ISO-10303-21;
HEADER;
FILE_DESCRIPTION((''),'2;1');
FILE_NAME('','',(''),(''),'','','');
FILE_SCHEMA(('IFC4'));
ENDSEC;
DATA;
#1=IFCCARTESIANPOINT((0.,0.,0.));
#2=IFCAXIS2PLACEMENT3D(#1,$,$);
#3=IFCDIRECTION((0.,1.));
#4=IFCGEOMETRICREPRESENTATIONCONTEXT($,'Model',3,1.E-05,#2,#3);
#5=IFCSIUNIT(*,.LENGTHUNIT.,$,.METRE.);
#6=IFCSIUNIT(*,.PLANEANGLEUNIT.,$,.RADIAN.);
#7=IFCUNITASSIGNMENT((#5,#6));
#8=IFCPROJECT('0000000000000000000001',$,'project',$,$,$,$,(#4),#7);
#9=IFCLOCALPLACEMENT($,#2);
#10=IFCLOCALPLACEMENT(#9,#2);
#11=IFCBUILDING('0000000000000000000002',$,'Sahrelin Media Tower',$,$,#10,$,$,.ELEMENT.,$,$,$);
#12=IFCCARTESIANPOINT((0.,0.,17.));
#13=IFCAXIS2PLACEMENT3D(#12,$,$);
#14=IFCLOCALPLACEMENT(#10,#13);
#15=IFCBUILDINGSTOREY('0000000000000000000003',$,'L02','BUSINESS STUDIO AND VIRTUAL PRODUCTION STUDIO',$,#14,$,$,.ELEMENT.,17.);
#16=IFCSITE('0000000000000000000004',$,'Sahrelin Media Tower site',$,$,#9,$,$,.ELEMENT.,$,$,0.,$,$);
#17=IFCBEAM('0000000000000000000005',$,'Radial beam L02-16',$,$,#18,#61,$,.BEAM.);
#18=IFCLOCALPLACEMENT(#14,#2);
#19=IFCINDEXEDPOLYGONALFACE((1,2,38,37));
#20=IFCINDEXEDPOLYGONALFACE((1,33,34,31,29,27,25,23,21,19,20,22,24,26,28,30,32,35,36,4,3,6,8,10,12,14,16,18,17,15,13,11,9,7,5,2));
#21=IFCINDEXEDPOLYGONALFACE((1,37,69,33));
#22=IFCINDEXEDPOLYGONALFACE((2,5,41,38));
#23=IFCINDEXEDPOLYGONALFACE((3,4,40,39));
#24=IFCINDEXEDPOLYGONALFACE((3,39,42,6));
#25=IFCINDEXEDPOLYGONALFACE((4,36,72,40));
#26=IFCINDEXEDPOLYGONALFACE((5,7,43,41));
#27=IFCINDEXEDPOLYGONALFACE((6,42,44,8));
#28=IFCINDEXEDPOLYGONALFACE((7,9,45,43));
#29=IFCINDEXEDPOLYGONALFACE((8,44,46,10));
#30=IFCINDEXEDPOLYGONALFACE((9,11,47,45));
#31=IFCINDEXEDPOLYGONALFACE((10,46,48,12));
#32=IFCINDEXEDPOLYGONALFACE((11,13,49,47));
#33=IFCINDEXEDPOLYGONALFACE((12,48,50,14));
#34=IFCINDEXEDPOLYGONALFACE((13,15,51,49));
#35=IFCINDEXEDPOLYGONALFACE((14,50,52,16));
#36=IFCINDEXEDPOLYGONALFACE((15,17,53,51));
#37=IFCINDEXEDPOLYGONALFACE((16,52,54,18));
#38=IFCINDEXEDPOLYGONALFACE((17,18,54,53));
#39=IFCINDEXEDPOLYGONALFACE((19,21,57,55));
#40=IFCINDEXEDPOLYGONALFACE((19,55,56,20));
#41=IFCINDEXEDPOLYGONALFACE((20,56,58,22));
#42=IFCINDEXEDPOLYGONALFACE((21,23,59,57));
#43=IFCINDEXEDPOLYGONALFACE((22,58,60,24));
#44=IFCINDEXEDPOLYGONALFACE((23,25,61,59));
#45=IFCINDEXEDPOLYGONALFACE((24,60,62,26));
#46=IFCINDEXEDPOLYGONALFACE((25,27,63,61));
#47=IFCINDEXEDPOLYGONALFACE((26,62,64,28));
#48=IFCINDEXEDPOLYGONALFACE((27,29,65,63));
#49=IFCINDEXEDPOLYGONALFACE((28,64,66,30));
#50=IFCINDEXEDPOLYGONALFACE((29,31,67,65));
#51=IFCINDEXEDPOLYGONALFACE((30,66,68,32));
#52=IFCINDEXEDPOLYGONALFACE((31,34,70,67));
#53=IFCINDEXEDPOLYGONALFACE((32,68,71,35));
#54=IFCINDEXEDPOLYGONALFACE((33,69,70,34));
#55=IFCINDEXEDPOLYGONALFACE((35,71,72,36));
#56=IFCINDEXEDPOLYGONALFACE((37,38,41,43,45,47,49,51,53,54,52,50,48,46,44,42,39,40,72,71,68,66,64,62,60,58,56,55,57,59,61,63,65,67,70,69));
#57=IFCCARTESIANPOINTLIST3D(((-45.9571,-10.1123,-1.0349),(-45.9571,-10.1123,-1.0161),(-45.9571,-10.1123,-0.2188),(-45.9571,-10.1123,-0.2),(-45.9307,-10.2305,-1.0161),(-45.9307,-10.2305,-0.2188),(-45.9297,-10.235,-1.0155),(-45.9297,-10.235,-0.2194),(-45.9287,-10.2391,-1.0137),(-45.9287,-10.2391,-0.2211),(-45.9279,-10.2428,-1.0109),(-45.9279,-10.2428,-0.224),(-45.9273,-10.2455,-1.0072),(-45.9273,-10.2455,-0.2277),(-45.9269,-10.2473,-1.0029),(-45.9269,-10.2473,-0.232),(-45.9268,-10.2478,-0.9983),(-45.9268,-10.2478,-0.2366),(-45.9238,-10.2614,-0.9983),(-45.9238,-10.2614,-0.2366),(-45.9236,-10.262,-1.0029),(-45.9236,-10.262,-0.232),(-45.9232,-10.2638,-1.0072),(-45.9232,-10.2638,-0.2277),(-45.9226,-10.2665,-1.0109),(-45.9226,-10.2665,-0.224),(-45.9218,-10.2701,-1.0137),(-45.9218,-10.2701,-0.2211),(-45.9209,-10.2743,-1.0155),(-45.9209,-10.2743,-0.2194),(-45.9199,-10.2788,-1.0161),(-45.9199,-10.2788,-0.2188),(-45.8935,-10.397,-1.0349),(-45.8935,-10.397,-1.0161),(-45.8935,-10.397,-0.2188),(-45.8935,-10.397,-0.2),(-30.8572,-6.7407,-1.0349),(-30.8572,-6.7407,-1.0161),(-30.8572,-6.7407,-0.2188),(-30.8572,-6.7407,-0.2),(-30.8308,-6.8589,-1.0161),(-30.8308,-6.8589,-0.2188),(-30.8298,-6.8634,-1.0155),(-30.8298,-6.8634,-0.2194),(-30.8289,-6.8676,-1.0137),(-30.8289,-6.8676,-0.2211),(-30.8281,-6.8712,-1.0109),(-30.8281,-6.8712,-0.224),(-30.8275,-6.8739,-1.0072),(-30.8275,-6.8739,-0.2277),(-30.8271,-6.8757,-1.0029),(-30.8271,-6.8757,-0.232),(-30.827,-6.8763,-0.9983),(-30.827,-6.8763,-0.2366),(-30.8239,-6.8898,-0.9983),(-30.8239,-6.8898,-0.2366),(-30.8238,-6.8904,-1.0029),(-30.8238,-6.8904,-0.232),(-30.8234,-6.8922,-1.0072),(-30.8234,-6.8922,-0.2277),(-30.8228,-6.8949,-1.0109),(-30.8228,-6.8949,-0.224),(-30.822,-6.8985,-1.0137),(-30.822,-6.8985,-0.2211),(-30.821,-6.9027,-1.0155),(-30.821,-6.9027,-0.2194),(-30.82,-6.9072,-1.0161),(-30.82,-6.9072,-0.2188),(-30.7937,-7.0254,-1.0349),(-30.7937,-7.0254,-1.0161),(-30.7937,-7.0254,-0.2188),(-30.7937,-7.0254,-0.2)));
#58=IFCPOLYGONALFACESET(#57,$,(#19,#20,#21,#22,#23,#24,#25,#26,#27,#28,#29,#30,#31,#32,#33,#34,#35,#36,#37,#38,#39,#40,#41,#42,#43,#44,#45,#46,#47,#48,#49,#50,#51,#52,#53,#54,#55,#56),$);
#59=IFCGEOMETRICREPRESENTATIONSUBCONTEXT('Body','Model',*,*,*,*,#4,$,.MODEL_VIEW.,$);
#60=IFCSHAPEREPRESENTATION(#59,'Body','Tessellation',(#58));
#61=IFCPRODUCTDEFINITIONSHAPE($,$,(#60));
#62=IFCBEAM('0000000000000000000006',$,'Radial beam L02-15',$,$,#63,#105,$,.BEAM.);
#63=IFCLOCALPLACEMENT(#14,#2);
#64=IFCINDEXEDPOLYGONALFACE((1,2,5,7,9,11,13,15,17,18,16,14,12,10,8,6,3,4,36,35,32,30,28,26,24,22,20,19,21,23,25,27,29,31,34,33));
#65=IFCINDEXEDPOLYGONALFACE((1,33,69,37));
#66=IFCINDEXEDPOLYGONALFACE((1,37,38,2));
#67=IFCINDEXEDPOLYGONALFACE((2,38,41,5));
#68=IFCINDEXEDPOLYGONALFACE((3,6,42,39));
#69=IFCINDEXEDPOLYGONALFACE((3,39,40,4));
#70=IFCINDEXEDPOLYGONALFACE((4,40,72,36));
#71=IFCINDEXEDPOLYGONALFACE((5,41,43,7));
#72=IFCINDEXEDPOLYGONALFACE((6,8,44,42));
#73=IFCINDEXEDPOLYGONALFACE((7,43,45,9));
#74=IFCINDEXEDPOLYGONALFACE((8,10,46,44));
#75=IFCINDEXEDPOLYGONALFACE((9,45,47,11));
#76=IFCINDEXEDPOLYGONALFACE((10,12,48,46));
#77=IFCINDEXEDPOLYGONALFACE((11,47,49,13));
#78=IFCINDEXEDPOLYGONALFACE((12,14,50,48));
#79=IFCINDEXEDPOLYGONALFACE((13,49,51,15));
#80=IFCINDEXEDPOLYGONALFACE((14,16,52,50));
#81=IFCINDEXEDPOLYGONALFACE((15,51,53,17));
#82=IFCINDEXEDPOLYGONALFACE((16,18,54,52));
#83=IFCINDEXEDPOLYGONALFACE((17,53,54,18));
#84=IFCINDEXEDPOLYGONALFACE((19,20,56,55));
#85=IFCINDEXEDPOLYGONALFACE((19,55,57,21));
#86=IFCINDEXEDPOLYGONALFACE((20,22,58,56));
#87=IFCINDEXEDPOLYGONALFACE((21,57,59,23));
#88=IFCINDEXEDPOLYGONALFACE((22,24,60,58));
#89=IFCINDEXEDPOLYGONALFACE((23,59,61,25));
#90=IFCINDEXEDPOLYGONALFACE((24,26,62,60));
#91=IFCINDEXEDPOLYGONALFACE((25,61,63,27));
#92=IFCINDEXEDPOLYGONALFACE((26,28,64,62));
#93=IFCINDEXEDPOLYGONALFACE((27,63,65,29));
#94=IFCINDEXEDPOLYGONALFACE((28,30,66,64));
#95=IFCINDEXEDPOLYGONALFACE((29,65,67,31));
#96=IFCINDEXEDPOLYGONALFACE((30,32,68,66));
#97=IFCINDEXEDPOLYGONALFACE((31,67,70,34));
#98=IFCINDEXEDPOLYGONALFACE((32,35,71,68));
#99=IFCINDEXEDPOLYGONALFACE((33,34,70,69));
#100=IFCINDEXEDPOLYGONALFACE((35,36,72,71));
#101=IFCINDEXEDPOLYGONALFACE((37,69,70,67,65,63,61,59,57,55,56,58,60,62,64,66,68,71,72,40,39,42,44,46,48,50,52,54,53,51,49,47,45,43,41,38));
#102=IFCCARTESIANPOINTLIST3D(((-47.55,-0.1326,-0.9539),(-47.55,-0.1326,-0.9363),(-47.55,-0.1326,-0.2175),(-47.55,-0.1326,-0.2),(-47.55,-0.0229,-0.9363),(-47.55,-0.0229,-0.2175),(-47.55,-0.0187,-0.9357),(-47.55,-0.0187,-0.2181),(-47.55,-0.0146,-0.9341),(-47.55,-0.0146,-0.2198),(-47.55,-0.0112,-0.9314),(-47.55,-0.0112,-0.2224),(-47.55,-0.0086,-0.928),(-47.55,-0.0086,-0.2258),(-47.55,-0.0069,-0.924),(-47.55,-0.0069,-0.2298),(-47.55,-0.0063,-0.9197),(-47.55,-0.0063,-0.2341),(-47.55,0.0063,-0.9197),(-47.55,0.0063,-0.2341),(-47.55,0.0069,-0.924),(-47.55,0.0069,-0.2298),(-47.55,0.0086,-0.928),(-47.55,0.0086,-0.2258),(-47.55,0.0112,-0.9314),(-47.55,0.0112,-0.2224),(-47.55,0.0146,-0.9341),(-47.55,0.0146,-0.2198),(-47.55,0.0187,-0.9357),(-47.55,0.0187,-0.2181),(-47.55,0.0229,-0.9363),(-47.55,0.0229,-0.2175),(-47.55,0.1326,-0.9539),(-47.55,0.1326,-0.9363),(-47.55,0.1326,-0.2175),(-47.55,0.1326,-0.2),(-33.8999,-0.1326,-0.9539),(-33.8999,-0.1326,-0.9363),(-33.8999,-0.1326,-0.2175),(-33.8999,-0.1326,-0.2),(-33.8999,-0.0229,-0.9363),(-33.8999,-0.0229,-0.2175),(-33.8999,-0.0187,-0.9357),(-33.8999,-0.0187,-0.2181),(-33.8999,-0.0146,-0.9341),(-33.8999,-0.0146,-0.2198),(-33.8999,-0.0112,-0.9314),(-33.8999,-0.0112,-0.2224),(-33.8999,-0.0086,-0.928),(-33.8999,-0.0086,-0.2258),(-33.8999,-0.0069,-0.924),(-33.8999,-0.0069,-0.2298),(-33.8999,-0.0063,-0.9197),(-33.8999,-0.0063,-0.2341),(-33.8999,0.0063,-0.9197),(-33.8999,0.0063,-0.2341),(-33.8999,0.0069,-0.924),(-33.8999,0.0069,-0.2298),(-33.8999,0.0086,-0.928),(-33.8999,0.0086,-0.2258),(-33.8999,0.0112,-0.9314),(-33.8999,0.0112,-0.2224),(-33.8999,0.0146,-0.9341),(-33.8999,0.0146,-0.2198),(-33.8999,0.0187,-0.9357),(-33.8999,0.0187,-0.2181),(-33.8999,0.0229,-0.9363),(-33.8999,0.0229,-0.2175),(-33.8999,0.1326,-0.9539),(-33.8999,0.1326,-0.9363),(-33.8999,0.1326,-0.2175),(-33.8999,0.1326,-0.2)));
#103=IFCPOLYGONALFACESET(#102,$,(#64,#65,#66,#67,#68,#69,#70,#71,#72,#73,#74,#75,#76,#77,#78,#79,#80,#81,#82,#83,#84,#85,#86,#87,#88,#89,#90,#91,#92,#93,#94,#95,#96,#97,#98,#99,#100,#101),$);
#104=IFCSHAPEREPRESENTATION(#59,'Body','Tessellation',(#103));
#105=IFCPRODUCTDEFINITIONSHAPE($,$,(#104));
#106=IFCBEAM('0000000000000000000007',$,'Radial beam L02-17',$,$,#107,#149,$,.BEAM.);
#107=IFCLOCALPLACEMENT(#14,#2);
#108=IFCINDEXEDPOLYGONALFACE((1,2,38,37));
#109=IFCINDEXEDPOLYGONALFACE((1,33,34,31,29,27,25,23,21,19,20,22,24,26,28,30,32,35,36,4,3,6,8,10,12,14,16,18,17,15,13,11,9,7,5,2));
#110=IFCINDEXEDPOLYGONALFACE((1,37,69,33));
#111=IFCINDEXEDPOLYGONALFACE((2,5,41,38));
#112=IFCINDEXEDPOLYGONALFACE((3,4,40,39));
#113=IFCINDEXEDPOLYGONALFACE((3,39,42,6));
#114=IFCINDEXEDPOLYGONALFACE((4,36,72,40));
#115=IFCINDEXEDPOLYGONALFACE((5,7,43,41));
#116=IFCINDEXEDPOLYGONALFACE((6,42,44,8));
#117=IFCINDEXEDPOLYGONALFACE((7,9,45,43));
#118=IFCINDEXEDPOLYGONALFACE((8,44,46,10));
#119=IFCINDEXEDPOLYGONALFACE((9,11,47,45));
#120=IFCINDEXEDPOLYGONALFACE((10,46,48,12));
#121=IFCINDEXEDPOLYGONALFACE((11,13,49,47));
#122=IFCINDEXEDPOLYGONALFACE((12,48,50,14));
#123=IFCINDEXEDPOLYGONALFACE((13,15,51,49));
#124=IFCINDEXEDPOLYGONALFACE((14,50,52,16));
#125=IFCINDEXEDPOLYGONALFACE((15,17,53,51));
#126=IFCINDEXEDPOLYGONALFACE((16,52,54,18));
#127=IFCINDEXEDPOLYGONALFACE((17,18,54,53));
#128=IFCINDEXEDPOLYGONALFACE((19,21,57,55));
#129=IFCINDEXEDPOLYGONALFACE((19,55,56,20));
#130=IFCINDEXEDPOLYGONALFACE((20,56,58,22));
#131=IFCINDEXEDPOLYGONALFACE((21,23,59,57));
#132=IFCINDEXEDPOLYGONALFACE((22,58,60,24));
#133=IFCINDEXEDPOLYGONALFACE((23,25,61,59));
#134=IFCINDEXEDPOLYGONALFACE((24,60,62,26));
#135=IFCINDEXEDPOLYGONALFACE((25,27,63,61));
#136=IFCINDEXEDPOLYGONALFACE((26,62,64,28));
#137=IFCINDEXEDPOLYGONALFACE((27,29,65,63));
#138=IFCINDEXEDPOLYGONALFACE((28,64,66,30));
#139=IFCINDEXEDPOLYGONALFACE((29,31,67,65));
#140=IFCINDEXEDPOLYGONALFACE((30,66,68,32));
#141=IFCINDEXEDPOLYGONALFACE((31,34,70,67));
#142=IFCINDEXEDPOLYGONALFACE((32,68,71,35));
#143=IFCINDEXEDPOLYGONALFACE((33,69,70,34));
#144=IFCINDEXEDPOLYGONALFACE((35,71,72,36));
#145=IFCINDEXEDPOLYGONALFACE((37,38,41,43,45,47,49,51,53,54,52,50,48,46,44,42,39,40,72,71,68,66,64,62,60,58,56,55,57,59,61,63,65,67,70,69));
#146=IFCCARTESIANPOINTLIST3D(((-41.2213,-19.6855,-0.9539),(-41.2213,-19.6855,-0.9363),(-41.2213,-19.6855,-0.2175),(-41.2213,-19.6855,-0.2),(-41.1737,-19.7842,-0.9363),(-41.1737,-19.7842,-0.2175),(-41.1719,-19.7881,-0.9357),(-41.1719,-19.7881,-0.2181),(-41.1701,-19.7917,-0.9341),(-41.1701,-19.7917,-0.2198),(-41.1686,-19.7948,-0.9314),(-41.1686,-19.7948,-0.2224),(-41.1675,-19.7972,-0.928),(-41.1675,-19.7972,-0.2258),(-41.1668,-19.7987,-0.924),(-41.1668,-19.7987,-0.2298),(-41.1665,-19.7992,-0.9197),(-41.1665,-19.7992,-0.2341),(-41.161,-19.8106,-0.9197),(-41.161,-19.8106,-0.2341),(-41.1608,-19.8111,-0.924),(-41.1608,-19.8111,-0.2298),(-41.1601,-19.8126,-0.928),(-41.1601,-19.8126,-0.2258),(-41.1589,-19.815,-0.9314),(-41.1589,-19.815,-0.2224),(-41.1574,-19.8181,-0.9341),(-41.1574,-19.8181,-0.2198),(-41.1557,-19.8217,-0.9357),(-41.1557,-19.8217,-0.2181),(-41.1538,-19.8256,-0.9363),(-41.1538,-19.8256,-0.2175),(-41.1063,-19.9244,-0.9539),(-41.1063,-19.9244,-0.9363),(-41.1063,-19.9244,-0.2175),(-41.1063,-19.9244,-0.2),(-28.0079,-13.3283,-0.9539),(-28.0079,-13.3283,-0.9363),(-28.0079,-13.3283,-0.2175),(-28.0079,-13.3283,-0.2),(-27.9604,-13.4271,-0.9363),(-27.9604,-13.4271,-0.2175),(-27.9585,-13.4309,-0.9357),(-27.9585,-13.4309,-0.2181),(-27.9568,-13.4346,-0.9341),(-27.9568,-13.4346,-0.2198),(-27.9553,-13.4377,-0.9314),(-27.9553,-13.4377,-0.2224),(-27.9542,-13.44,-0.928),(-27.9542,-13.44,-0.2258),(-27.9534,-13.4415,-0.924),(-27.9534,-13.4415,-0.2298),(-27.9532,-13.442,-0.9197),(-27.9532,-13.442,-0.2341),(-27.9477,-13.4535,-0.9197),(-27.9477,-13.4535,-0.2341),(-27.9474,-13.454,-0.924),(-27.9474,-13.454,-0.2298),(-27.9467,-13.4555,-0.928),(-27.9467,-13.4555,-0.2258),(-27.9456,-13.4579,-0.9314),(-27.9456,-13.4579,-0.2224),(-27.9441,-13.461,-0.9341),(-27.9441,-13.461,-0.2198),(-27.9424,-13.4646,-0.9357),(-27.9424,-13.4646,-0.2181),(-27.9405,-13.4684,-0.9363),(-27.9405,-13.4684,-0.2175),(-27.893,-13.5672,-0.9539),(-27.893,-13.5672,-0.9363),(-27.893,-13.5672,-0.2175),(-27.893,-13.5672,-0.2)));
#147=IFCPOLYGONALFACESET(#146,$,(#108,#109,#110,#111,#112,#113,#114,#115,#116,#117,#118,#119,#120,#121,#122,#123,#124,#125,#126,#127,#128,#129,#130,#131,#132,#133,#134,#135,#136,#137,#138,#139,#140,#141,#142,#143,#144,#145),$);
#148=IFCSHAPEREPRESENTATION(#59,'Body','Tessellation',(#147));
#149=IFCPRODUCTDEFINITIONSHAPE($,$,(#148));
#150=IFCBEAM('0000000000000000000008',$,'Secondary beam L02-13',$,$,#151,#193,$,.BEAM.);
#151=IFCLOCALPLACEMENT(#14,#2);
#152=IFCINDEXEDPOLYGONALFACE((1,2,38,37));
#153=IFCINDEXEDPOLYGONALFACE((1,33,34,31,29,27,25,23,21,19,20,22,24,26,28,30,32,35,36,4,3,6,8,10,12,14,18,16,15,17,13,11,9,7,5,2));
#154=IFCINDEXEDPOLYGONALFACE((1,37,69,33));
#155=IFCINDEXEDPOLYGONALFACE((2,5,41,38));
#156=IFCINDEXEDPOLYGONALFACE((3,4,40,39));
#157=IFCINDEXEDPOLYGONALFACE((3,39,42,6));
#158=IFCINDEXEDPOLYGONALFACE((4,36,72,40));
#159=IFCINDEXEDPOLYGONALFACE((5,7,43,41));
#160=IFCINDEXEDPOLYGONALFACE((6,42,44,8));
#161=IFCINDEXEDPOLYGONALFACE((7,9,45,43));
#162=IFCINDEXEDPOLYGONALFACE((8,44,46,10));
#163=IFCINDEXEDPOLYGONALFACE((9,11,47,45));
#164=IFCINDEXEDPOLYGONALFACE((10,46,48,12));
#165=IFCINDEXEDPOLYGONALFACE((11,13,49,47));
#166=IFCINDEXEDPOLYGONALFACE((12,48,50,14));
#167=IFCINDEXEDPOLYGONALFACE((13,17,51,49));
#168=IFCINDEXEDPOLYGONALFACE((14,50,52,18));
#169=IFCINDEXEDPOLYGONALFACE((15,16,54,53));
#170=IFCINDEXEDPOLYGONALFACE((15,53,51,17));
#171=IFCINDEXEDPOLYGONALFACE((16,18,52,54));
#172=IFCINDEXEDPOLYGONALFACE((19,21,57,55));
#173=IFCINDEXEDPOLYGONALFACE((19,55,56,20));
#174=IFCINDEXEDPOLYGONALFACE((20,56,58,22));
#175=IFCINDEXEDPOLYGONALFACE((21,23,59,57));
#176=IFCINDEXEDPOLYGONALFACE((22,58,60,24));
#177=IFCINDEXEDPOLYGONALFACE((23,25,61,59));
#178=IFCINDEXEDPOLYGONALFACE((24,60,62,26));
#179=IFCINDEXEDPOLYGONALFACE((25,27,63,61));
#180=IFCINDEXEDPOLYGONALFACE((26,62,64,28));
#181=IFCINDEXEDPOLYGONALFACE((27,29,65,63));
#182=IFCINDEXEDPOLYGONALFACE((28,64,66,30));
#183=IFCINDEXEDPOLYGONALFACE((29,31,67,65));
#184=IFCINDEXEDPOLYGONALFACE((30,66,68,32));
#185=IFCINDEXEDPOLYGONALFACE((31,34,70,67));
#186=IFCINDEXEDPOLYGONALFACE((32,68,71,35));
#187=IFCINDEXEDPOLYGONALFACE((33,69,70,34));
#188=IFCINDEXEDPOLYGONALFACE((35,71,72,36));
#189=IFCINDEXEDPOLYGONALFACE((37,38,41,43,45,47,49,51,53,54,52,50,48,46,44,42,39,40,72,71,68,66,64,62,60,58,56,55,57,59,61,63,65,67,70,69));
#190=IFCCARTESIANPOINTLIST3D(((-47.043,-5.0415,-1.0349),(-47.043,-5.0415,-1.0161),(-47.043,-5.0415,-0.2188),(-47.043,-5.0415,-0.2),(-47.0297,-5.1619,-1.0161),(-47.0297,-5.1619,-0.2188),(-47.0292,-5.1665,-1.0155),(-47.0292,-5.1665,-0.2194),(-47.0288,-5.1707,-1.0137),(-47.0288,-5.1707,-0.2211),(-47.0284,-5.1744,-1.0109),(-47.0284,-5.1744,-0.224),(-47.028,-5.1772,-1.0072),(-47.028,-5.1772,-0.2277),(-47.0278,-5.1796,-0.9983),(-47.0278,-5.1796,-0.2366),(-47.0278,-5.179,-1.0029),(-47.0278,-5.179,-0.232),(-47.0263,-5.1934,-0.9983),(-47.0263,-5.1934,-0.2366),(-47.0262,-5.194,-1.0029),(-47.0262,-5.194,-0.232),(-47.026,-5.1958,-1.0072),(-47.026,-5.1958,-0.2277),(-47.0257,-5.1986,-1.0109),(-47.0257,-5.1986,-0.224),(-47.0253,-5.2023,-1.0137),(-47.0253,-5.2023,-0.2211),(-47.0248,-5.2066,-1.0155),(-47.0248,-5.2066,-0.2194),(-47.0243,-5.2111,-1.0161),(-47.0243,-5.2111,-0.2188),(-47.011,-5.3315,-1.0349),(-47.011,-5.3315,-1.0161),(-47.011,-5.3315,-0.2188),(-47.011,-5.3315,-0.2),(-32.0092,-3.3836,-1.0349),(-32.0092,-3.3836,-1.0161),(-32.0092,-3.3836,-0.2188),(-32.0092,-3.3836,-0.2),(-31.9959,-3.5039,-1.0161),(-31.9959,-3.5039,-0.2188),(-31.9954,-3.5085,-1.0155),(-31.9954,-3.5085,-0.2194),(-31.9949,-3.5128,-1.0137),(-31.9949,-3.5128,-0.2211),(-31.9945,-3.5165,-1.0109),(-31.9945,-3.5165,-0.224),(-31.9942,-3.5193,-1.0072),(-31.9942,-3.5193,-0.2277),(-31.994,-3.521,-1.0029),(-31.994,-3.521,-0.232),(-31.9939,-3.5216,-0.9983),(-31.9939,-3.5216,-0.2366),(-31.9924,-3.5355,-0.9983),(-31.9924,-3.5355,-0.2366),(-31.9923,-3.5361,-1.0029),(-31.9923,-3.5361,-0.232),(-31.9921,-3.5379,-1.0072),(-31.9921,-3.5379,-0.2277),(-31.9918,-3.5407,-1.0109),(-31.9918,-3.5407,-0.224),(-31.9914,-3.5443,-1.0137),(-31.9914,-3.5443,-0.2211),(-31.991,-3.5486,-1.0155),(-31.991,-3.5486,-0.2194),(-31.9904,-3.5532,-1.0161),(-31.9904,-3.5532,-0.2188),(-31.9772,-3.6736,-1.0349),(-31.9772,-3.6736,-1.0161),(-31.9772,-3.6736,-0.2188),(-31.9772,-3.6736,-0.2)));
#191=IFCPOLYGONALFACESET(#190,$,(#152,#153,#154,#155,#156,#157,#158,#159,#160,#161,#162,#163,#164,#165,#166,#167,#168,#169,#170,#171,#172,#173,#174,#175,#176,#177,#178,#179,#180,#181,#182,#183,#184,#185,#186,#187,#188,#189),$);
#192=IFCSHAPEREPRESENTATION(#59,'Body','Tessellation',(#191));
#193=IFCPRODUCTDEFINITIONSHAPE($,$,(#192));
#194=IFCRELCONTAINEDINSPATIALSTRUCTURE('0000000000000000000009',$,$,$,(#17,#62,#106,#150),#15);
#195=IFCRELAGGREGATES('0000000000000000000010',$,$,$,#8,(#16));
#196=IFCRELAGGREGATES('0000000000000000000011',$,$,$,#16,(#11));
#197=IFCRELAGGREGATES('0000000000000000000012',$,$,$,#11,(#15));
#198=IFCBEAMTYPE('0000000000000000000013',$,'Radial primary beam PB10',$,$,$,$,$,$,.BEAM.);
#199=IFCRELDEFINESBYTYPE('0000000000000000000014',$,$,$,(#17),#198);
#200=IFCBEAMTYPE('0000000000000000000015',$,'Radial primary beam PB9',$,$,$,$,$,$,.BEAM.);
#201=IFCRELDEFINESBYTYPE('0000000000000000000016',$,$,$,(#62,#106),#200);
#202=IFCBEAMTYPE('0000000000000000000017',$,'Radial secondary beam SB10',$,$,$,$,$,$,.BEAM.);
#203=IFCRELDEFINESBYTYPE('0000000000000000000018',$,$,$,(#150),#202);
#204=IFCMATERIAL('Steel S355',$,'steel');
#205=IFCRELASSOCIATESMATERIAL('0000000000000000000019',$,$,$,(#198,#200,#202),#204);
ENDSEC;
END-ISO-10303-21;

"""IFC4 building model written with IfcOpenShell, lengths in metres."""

from ifc_helpers import new_model, si_unit, direction, frame, origin, origin_2d, place, context, subcontext, project, spatial, i_section, extrude, material, material_profile, profile_set, type_object, element, save


model = new_model("IFC4")

# Units and contexts
model_context = context("Model", 3, precision=1e-05, world=origin(), true_north=direction((0.0, 1.0)))
body_context = subcontext(model_context, "Body", "Model", "MODEL_VIEW")
ifc_project = project(units=[si_unit("LENGTHUNIT", "METRE"), si_unit("PLANEANGLEUNIT", "RADIAN")], contexts=[model_context])

# Site, building, storey
site_placement = place(None, origin())
site = spatial("IfcSite", under=ifc_project, at=site_placement, Name="Sahrelin Media Tower site", CompositionType="ELEMENT", RefElevation=0.0)
building_placement = place(site_placement, origin())
building = spatial("IfcBuilding", under=site, at=building_placement, Name="Sahrelin Media Tower", CompositionType="ELEMENT")
storey_placement = place(building_placement, frame((0.0, 0.0, 17.0)))
storey = spatial("IfcBuildingStorey", under=building, at=storey_placement, Name="L02", Description="BUSINESS STUDIO AND VIRTUAL PRODUCTION STUDIO", CompositionType="ELEMENT", Elevation=17.0)

# Beams
ifc_material_1 = material(Name="Steel S355", Category="steel")
ifc_material_profile_1 = material_profile(ifc_material_1, i_section(OverallWidth=0.2917, OverallDepth=0.835, WebThickness=0.0139, FlangeThickness=0.0188, FilletRadius=0.0178, at=origin_2d()), Name="UB 838x292x176")
ifc_profile_set_1 = profile_set([ifc_material_profile_1], Name="Steel S355")
beam_type_1 = type_object("IfcBeamType", Name="Radial primary beam PB10", PredefinedType="BEAM", material=ifc_profile_set_1)
beam_1_placement = place(storey_placement, frame((-30.8254, -6.8831, -0.6174), z_axis=(-0.975967, -0.217919, 0.0), x_axis=(0.217919, -0.975967, 0.0)))
element("IfcBeam", 1, at=beam_1_placement, inside=storey, type_object=beam_type_1, Name="Radial beam L02-16", PredefinedType="BEAM", context=body_context, shape_type="SweptSolid", body=[
    extrude(i_section(OverallWidth=0.2917, OverallDepth=0.835, WebThickness=0.0139, FlangeThickness=0.0188, FilletRadius=0.0178, at=origin_2d()), origin(), (0.0, 0.0, 1.0), 15.4717),
])
ifc_material_profile_2 = material_profile(ifc_material_1, i_section(OverallWidth=0.2651, OverallDepth=0.7539, WebThickness=0.0127, FlangeThickness=0.0176, FilletRadius=0.0166, at=origin_2d()), Name="UB 762x267x147")
ifc_profile_set_2 = profile_set([ifc_material_profile_2], Name="Steel S355")
beam_type_2 = type_object("IfcBeamType", Name="Radial primary beam PB9", PredefinedType="BEAM", material=ifc_profile_set_2)
beam_2_placement = place(storey_placement, frame((-33.8999, 0.0, -0.5769), z_axis=(-1.0, 0.0, 0.0), x_axis=(0.0, -1.0, 0.0)))
element("IfcBeam", 2, at=beam_2_placement, inside=storey, type_object=beam_type_2, Name="Radial beam L02-15", PredefinedType="BEAM", context=body_context, shape_type="SweptSolid", body=[
    extrude(i_section(OverallWidth=0.2651, OverallDepth=0.7539, WebThickness=0.0127, FlangeThickness=0.0176, FilletRadius=0.0166, at=origin_2d()), origin(), (0.0, 0.0, 1.0), 13.6501),
])
beam_3_placement = place(storey_placement, frame((-27.9504, -13.4478, -0.5769), z_axis=(-0.90113, -0.433549, 0.0), x_axis=(0.433549, -0.90113, 0.0)))
element("IfcBeam", 3, at=beam_3_placement, inside=storey, type_object=beam_type_2, Name="Radial beam L02-17", PredefinedType="BEAM", context=body_context, shape_type="SweptSolid", body=[
    extrude(i_section(OverallWidth=0.2651, OverallDepth=0.7539, WebThickness=0.0127, FlangeThickness=0.0176, FilletRadius=0.0166, at=origin_2d()), origin(), (0.0, 0.0, 1.0), 14.6631),
])
ifc_material_profile_3 = material_profile(ifc_material_1, i_section(OverallWidth=0.2917, OverallDepth=0.835, WebThickness=0.0139, FlangeThickness=0.0188, FilletRadius=0.0178, at=origin_2d()), Name="UB 838x292x176")
ifc_profile_set_3 = profile_set([ifc_material_profile_3], Name="Steel S355")
beam_type_3 = type_object("IfcBeamType", Name="Radial secondary beam SB10", PredefinedType="BEAM", material=ifc_profile_set_3)
beam_4_placement = place(storey_placement, frame((-31.9932, -3.5286, -0.6174), z_axis=(-0.993974, -0.109617, 0.0), x_axis=(0.109617, -0.993974, 0.0)))
element("IfcBeam", 4, at=beam_4_placement, inside=storey, type_object=beam_type_3, Name="Secondary beam L02-13", PredefinedType="BEAM", context=body_context, shape_type="SweptSolid", body=[
    extrude(i_section(OverallWidth=0.2917, OverallDepth=0.835, WebThickness=0.0139, FlangeThickness=0.0188, FilletRadius=0.0178, at=origin_2d()), origin(), (0.0, 0.0, 1.0), 15.125),
])

save(model, "model.ifc")
